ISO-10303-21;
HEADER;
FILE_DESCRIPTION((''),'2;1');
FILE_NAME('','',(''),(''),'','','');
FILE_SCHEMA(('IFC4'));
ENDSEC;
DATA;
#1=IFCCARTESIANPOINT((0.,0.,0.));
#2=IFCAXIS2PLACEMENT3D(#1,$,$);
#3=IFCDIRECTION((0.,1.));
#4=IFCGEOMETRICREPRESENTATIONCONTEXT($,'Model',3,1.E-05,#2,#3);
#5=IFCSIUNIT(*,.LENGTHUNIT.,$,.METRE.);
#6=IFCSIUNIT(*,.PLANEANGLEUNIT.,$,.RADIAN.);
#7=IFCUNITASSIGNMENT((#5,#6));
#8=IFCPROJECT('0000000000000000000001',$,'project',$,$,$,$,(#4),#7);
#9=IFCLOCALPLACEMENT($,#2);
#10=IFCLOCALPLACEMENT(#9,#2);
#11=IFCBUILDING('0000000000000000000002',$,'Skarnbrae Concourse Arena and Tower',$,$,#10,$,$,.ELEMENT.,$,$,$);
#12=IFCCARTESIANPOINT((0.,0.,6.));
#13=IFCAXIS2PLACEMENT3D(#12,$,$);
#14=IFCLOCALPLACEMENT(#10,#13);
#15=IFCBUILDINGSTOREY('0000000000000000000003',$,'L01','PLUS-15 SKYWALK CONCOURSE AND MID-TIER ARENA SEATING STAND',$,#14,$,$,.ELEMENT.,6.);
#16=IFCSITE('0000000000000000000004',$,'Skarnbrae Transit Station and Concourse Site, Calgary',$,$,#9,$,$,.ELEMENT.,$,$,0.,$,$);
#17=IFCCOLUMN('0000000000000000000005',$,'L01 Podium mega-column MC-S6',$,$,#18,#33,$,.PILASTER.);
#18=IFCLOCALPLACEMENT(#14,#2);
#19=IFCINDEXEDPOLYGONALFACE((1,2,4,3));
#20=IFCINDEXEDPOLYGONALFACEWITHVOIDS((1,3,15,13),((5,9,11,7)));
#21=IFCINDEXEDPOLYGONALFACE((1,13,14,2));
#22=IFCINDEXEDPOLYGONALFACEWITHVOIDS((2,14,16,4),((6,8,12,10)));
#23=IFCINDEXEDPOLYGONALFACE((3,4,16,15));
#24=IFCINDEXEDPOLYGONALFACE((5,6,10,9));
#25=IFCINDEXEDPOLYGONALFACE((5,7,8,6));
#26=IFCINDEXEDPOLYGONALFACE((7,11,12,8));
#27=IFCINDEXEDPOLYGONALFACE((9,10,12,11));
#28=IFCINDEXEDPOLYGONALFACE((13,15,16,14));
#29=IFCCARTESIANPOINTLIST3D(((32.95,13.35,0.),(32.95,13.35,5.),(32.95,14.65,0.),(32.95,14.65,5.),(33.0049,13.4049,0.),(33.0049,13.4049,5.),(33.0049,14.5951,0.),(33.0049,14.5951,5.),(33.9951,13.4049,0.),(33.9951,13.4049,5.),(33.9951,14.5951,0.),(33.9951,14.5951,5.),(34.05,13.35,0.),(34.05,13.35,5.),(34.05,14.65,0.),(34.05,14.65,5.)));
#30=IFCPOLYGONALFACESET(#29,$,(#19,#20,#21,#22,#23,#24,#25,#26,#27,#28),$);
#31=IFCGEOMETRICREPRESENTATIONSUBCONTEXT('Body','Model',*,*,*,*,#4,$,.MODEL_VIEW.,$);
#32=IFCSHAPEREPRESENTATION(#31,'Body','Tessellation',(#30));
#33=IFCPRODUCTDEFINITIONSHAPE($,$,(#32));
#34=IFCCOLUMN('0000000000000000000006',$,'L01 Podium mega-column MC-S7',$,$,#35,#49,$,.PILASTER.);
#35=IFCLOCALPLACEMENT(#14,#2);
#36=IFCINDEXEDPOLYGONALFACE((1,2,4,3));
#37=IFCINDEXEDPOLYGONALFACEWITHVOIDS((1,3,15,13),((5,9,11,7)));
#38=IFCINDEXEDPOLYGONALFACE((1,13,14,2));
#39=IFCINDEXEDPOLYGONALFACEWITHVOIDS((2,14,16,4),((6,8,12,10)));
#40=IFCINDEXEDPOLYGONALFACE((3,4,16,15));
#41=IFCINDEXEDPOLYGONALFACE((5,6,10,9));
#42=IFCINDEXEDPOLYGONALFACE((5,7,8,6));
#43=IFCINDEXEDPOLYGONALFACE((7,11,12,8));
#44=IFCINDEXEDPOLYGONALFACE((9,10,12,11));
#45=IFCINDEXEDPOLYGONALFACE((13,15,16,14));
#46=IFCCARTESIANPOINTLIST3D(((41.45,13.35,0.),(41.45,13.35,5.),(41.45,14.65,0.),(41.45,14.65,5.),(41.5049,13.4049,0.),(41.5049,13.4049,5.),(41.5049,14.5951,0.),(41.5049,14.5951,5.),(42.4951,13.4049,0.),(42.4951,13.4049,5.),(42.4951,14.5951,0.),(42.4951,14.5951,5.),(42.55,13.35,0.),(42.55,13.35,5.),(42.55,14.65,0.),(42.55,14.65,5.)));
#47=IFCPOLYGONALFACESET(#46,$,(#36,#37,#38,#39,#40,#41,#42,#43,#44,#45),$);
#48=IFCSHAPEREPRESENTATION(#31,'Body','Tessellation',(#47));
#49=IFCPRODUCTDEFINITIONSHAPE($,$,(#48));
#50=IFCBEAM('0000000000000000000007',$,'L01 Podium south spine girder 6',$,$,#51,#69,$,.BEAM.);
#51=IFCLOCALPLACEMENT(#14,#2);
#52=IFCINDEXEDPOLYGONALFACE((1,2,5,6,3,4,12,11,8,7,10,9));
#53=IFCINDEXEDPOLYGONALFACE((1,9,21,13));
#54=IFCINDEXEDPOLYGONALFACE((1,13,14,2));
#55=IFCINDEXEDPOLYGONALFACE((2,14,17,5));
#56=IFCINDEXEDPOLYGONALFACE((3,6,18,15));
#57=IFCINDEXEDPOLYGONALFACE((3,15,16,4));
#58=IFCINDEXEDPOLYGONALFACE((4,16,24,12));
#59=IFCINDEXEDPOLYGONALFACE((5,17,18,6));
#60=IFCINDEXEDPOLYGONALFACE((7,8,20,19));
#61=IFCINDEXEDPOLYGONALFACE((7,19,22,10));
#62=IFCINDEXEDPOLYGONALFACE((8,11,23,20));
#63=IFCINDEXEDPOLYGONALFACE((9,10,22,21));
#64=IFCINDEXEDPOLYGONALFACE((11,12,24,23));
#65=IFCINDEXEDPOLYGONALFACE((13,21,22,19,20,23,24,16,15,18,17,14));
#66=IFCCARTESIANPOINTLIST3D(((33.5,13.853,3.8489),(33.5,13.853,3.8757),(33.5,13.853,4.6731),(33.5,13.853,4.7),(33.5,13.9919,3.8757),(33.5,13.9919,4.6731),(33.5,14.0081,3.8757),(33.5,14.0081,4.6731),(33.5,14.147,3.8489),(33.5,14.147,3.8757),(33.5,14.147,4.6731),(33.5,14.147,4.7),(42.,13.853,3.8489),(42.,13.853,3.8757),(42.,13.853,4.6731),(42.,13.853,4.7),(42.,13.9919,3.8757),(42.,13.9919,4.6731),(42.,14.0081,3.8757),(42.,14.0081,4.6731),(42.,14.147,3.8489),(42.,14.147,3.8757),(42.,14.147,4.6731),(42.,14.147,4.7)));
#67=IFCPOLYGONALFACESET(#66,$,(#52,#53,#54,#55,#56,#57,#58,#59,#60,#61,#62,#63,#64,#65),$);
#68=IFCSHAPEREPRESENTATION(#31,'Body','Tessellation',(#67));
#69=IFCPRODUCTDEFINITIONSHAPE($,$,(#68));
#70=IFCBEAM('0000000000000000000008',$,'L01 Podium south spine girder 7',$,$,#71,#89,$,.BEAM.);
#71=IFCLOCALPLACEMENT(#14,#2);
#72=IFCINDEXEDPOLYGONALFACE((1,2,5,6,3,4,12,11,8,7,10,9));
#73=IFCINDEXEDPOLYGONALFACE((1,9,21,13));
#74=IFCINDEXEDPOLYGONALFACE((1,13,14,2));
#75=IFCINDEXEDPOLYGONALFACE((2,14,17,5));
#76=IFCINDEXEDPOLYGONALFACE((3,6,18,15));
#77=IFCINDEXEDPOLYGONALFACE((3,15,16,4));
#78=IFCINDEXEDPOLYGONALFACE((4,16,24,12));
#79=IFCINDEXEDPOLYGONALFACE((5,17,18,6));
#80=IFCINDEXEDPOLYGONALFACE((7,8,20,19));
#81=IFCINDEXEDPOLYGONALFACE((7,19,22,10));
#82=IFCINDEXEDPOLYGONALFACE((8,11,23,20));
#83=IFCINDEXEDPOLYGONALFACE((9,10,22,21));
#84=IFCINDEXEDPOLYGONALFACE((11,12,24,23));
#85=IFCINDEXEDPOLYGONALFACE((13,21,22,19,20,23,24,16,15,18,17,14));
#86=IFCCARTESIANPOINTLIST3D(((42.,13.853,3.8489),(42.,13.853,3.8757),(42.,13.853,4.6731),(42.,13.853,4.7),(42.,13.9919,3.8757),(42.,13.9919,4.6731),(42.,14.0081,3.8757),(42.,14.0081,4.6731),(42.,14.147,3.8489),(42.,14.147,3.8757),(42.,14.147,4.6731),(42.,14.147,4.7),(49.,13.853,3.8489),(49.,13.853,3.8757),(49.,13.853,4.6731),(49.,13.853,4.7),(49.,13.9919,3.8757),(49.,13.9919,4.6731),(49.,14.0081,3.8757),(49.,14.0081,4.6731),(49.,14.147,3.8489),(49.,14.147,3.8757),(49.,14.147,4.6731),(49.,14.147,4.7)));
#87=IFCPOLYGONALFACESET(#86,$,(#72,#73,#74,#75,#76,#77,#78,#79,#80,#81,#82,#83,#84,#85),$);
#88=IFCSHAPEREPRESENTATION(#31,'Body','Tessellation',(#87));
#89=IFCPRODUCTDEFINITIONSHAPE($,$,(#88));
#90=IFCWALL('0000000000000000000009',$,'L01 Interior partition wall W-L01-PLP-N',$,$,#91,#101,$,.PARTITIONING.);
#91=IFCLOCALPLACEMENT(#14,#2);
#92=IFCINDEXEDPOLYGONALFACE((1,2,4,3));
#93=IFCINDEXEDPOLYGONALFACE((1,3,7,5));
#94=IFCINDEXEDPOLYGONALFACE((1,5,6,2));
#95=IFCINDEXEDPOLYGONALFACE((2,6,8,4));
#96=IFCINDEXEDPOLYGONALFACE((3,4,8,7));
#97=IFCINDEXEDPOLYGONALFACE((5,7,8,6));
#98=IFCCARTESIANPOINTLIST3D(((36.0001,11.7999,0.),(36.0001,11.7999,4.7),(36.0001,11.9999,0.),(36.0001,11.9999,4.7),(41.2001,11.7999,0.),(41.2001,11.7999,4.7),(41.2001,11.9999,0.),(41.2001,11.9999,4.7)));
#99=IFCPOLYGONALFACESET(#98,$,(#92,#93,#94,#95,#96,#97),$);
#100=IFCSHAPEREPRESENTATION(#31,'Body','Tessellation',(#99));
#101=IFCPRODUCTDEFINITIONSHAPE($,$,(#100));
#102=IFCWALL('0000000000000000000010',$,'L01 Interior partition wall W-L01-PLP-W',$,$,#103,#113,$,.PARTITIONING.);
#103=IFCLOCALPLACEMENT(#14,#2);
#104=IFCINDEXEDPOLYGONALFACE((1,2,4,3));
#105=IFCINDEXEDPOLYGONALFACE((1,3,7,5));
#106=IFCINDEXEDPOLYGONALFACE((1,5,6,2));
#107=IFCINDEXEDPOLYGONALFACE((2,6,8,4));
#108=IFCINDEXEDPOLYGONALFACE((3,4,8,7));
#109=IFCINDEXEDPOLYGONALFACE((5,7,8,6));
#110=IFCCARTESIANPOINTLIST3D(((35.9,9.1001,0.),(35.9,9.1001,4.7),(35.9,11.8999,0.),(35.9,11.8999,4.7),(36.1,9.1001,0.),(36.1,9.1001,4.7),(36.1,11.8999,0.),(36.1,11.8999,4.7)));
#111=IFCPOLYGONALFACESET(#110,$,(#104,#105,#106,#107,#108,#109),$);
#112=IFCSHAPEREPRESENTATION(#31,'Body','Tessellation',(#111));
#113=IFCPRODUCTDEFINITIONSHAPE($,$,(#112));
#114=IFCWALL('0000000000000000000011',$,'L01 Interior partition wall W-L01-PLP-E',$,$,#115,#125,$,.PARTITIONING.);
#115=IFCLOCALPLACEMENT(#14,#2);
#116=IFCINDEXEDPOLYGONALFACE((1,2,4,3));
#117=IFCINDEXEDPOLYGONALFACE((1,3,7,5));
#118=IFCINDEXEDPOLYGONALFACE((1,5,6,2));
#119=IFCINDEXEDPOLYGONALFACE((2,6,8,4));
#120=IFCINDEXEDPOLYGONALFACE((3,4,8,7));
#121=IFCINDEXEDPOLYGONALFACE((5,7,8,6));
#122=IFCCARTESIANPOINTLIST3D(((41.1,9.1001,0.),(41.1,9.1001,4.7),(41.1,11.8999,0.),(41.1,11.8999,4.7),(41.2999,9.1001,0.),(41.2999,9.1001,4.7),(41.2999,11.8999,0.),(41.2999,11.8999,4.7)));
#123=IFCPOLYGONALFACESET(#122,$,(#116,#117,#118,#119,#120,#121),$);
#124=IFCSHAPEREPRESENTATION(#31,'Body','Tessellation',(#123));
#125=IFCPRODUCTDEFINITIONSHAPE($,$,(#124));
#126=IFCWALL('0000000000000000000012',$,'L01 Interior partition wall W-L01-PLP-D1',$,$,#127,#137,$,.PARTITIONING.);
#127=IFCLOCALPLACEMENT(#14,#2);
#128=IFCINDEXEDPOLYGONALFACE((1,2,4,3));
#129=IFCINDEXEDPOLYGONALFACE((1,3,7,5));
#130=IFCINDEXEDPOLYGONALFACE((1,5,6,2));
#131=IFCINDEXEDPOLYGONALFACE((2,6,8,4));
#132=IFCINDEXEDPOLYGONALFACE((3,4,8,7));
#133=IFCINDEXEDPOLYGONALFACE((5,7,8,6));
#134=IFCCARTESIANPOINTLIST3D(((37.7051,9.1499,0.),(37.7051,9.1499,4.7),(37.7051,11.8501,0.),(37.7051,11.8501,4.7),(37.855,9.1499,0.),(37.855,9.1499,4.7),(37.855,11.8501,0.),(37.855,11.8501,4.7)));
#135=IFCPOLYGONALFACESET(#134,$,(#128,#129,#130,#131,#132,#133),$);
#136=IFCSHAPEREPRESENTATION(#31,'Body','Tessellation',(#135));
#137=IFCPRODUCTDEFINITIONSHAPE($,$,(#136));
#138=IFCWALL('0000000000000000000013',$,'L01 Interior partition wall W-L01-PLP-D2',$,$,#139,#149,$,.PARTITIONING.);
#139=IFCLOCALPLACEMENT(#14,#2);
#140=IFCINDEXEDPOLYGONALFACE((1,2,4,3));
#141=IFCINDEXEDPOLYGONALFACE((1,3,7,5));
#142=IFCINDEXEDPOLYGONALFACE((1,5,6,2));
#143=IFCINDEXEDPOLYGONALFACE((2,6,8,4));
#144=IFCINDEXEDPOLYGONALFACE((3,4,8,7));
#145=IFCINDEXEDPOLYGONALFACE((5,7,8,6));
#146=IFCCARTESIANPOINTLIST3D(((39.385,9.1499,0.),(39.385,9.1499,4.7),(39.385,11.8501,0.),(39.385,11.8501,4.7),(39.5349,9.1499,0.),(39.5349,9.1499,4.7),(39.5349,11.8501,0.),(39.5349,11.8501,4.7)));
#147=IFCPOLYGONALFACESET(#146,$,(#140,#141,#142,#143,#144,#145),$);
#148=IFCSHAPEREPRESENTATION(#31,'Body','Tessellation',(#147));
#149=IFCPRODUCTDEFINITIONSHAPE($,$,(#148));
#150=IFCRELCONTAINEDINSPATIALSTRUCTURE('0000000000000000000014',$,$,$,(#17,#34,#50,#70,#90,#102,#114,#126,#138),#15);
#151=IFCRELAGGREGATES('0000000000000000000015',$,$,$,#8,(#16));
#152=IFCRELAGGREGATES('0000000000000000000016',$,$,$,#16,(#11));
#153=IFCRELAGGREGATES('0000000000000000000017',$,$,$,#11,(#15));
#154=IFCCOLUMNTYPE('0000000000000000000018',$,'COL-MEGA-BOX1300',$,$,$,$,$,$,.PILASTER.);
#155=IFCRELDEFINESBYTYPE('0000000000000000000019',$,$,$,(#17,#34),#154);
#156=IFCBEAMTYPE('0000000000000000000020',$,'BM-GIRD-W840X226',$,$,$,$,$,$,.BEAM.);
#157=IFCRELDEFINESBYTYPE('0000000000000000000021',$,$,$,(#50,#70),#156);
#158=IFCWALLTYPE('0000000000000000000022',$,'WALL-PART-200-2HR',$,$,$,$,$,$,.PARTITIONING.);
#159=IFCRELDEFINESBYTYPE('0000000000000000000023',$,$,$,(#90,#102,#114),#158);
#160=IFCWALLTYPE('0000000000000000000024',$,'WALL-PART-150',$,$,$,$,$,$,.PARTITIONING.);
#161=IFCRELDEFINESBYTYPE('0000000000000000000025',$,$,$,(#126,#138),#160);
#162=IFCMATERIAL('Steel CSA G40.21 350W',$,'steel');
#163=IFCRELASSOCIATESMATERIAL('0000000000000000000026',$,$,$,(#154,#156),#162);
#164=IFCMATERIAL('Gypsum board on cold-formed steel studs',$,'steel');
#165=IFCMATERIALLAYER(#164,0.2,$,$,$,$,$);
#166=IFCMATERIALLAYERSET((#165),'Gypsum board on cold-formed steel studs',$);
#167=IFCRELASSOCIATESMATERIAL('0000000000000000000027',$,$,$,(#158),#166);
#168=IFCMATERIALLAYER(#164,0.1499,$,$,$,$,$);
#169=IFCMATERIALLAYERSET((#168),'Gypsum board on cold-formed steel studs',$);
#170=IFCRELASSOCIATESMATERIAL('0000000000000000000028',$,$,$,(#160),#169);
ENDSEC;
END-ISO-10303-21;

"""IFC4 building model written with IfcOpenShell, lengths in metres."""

from ifc_helpers import new_model, si_unit, direction, frame, frame_2d, origin, origin_2d, place, context, subcontext, project, spatial, rectangle, hollow_rectangle, i_section, extrude, source, transform, mapped, material, layer, layer_set, material_profile, profile_set, type_object, element, save


model = new_model("IFC4")

# Units and contexts
model_context = context("Model", 3, precision=1e-05, world=origin(), true_north=direction((0.0, 1.0)))
body_context = subcontext(model_context, "Body", "Model", "MODEL_VIEW")
ifc_project = project(units=[si_unit("LENGTHUNIT", "METRE"), si_unit("PLANEANGLEUNIT", "RADIAN")], contexts=[model_context])

# Site, building, storey
site_placement = place(None, origin())
site = spatial("IfcSite", under=ifc_project, at=site_placement, Name="Skarnbrae Transit Station and Concourse Site, Calgary", CompositionType="ELEMENT", RefElevation=0.0)
building_placement = place(site_placement, origin())
building = spatial("IfcBuilding", under=site, at=building_placement, Name="Skarnbrae Concourse Arena and Tower", CompositionType="ELEMENT")
storey_placement = place(building_placement, frame((0.0, 0.0, 6.0)))
storey = spatial("IfcBuildingStorey", under=building, at=storey_placement, Name="L01", Description="PLUS-15 SKYWALK CONCOURSE AND MID-TIER ARENA SEATING STAND", CompositionType="ELEMENT", Elevation=6.0)

# Columns
ifc_material_1 = material(Name="Steel CSA G40.21 350W", Category="steel")
ifc_material_profile_1 = material_profile(ifc_material_1, hollow_rectangle(XDim=1.1001, YDim=1.3, WallThickness=0.0549, at=origin_2d()), Name="BOX1300X1100X55")
ifc_profile_set_1 = profile_set([ifc_material_profile_1], Name="Steel CSA G40.21 350W")
column_type = type_object("IfcColumnType", Name="COL-MEGA-BOX1300", PredefinedType="PILASTER", material=ifc_profile_set_1)
shared_shape_1 = source(origin(), body_context, "Body", "SweptSolid", [
    extrude(hollow_rectangle(XDim=1.1001, YDim=1.3, WallThickness=0.0549, at=origin_2d()), origin(), (0.0, 0.0, 1.0), 5.0),
])
for number, where, z_axis, x_axis, name in (
    (1, (33.5, 14.0, 0.0), (0.0, 0.0, 1.0), (1.0, 0.0, 0.0), "L01 Podium mega-column MC-S6"),
    (2, (42.0, 14.0, 0.0), (0.0, 0.0, 1.0), (1.0, 0.0, 0.0), "L01 Podium mega-column MC-S7"),
):
    element("IfcColumn", number, at=place(storey_placement, frame(where, z_axis=z_axis, x_axis=x_axis)), inside=storey, type_object=column_type, Name=name, PredefinedType="PILASTER", context=body_context, shape_type="MappedRepresentation", body=[
        mapped(shared_shape_1, transform((0.0, 0.0, 0.0))),
    ])

# Beams
ifc_material_profile_2 = material_profile(ifc_material_1, i_section(OverallWidth=0.2939, OverallDepth=0.8511, WebThickness=0.0161, FlangeThickness=0.0269, at=origin_2d()), Name="W840X226")
ifc_profile_set_2 = profile_set([ifc_material_profile_2], Name="Steel CSA G40.21 350W")
beam_type = type_object("IfcBeamType", Name="BM-GIRD-W840X226", PredefinedType="BEAM", material=ifc_profile_set_2)
shared_shape_2 = source(origin(), body_context, "Body", "SweptSolid", [
    extrude(i_section(OverallWidth=0.2939, OverallDepth=0.8511, WebThickness=0.0161, FlangeThickness=0.0269, at=origin_2d()), origin(), (0.0, 0.0, 1.0), 8.5),
])
beam_1_placement = place(storey_placement, frame((33.5, 14.0, 4.2744), z_axis=(1.0, 0.0, 0.0), x_axis=(0.0, 1.0, 0.0)))
element("IfcBeam", 3, at=beam_1_placement, inside=storey, type_object=beam_type, Name="L01 Podium south spine girder 6", PredefinedType="BEAM", context=body_context, shape_type="MappedRepresentation", body=[
    mapped(shared_shape_2, transform((0.0, 0.0, 0.0))),
])
shared_shape_3 = source(origin(), body_context, "Body", "SweptSolid", [
    extrude(i_section(OverallWidth=0.2939, OverallDepth=0.8511, WebThickness=0.0161, FlangeThickness=0.0269, at=origin_2d()), origin(), (0.0, 0.0, 1.0), 7.0),
])
beam_2_placement = place(storey_placement, frame((42.0, 14.0, 4.2744), z_axis=(1.0, 0.0, 0.0), x_axis=(0.0, 1.0, 0.0)))
element("IfcBeam", 4, at=beam_2_placement, inside=storey, type_object=beam_type, Name="L01 Podium south spine girder 7", PredefinedType="BEAM", context=body_context, shape_type="MappedRepresentation", body=[
    mapped(shared_shape_3, transform((0.0, 0.0, 0.0))),
])

# Shared definitions
ifc_material_2 = material(Name="Gypsum board on cold-formed steel studs", Category="steel")
ifc_layer_1 = layer(ifc_material_2, 0.2)
ifc_layer_set_1 = layer_set([ifc_layer_1], Name="Gypsum board on cold-formed steel studs")
wall_type_1 = type_object("IfcWallType", Name="WALL-PART-200-2HR", PredefinedType="PARTITIONING", material=ifc_layer_set_1)
shared_shape_4 = source(origin(), body_context, "Body", "SweptSolid", [
    extrude(rectangle(XDim=5.2, YDim=0.2, at=frame_2d((2.6001, 0.0))), origin(), (0.0, 0.0, 1.0), 4.7),
])

# Walls
wall_1_placement = place(storey_placement, frame((36.0, 11.8999, 0.0), z_axis=(0.0, 0.0, 1.0), x_axis=(1.0, 0.0, 0.0)))
element("IfcWall", 5, at=wall_1_placement, inside=storey, type_object=wall_type_1, Name="L01 Interior partition wall W-L01-PLP-N", PredefinedType="PARTITIONING", context=body_context, shape_type="MappedRepresentation", body=[
    mapped(shared_shape_4, transform((0.0, 0.0, 0.0))),
])
shared_shape_5 = source(origin(), body_context, "Body", "SweptSolid", [
    extrude(rectangle(XDim=2.7998, YDim=0.2, at=frame_2d((1.3999, 0.0))), origin(), (0.0, 0.0, 1.0), 4.7),
])
for number, where, z_axis, x_axis, name in (
    (6, (36.0, 9.1001, 0.0), (0.0, 0.0, 1.0), (0.0, 1.0, 0.0), "L01 Interior partition wall W-L01-PLP-W"),
    (7, (41.2, 9.1001, 0.0), (0.0, 0.0, 1.0), (0.0, 1.0, 0.0), "L01 Interior partition wall W-L01-PLP-E"),
):
    element("IfcWall", number, at=place(storey_placement, frame(where, z_axis=z_axis, x_axis=x_axis)), inside=storey, type_object=wall_type_1, Name=name, PredefinedType="PARTITIONING", context=body_context, shape_type="MappedRepresentation", body=[
        mapped(shared_shape_5, transform((0.0, 0.0, 0.0))),
    ])
ifc_layer_2 = layer(ifc_material_2, 0.1499)
ifc_layer_set_2 = layer_set([ifc_layer_2], Name="Gypsum board on cold-formed steel studs")
wall_type_2 = type_object("IfcWallType", Name="WALL-PART-150", PredefinedType="PARTITIONING", material=ifc_layer_set_2)
shared_shape_6 = source(origin(), body_context, "Body", "SweptSolid", [
    extrude(rectangle(XDim=2.7002, YDim=0.1499, at=frame_2d((1.3501, 0.0))), origin(), (0.0, 0.0, 1.0), 4.7),
])
for number, where, z_axis, x_axis, name in (
    (8, (37.78, 9.1499, 0.0), (0.0, 0.0, 1.0), (0.0, 1.0, 0.0), "L01 Interior partition wall W-L01-PLP-D1"),
    (9, (39.46, 9.1499, 0.0), (0.0, 0.0, 1.0), (0.0, 1.0, 0.0), "L01 Interior partition wall W-L01-PLP-D2"),
):
    element("IfcWall", number, at=place(storey_placement, frame(where, z_axis=z_axis, x_axis=x_axis)), inside=storey, type_object=wall_type_2, Name=name, PredefinedType="PARTITIONING", context=body_context, shape_type="MappedRepresentation", body=[
        mapped(shared_shape_6, transform((0.0, 0.0, 0.0))),
    ])

save(model, "model.ifc")
